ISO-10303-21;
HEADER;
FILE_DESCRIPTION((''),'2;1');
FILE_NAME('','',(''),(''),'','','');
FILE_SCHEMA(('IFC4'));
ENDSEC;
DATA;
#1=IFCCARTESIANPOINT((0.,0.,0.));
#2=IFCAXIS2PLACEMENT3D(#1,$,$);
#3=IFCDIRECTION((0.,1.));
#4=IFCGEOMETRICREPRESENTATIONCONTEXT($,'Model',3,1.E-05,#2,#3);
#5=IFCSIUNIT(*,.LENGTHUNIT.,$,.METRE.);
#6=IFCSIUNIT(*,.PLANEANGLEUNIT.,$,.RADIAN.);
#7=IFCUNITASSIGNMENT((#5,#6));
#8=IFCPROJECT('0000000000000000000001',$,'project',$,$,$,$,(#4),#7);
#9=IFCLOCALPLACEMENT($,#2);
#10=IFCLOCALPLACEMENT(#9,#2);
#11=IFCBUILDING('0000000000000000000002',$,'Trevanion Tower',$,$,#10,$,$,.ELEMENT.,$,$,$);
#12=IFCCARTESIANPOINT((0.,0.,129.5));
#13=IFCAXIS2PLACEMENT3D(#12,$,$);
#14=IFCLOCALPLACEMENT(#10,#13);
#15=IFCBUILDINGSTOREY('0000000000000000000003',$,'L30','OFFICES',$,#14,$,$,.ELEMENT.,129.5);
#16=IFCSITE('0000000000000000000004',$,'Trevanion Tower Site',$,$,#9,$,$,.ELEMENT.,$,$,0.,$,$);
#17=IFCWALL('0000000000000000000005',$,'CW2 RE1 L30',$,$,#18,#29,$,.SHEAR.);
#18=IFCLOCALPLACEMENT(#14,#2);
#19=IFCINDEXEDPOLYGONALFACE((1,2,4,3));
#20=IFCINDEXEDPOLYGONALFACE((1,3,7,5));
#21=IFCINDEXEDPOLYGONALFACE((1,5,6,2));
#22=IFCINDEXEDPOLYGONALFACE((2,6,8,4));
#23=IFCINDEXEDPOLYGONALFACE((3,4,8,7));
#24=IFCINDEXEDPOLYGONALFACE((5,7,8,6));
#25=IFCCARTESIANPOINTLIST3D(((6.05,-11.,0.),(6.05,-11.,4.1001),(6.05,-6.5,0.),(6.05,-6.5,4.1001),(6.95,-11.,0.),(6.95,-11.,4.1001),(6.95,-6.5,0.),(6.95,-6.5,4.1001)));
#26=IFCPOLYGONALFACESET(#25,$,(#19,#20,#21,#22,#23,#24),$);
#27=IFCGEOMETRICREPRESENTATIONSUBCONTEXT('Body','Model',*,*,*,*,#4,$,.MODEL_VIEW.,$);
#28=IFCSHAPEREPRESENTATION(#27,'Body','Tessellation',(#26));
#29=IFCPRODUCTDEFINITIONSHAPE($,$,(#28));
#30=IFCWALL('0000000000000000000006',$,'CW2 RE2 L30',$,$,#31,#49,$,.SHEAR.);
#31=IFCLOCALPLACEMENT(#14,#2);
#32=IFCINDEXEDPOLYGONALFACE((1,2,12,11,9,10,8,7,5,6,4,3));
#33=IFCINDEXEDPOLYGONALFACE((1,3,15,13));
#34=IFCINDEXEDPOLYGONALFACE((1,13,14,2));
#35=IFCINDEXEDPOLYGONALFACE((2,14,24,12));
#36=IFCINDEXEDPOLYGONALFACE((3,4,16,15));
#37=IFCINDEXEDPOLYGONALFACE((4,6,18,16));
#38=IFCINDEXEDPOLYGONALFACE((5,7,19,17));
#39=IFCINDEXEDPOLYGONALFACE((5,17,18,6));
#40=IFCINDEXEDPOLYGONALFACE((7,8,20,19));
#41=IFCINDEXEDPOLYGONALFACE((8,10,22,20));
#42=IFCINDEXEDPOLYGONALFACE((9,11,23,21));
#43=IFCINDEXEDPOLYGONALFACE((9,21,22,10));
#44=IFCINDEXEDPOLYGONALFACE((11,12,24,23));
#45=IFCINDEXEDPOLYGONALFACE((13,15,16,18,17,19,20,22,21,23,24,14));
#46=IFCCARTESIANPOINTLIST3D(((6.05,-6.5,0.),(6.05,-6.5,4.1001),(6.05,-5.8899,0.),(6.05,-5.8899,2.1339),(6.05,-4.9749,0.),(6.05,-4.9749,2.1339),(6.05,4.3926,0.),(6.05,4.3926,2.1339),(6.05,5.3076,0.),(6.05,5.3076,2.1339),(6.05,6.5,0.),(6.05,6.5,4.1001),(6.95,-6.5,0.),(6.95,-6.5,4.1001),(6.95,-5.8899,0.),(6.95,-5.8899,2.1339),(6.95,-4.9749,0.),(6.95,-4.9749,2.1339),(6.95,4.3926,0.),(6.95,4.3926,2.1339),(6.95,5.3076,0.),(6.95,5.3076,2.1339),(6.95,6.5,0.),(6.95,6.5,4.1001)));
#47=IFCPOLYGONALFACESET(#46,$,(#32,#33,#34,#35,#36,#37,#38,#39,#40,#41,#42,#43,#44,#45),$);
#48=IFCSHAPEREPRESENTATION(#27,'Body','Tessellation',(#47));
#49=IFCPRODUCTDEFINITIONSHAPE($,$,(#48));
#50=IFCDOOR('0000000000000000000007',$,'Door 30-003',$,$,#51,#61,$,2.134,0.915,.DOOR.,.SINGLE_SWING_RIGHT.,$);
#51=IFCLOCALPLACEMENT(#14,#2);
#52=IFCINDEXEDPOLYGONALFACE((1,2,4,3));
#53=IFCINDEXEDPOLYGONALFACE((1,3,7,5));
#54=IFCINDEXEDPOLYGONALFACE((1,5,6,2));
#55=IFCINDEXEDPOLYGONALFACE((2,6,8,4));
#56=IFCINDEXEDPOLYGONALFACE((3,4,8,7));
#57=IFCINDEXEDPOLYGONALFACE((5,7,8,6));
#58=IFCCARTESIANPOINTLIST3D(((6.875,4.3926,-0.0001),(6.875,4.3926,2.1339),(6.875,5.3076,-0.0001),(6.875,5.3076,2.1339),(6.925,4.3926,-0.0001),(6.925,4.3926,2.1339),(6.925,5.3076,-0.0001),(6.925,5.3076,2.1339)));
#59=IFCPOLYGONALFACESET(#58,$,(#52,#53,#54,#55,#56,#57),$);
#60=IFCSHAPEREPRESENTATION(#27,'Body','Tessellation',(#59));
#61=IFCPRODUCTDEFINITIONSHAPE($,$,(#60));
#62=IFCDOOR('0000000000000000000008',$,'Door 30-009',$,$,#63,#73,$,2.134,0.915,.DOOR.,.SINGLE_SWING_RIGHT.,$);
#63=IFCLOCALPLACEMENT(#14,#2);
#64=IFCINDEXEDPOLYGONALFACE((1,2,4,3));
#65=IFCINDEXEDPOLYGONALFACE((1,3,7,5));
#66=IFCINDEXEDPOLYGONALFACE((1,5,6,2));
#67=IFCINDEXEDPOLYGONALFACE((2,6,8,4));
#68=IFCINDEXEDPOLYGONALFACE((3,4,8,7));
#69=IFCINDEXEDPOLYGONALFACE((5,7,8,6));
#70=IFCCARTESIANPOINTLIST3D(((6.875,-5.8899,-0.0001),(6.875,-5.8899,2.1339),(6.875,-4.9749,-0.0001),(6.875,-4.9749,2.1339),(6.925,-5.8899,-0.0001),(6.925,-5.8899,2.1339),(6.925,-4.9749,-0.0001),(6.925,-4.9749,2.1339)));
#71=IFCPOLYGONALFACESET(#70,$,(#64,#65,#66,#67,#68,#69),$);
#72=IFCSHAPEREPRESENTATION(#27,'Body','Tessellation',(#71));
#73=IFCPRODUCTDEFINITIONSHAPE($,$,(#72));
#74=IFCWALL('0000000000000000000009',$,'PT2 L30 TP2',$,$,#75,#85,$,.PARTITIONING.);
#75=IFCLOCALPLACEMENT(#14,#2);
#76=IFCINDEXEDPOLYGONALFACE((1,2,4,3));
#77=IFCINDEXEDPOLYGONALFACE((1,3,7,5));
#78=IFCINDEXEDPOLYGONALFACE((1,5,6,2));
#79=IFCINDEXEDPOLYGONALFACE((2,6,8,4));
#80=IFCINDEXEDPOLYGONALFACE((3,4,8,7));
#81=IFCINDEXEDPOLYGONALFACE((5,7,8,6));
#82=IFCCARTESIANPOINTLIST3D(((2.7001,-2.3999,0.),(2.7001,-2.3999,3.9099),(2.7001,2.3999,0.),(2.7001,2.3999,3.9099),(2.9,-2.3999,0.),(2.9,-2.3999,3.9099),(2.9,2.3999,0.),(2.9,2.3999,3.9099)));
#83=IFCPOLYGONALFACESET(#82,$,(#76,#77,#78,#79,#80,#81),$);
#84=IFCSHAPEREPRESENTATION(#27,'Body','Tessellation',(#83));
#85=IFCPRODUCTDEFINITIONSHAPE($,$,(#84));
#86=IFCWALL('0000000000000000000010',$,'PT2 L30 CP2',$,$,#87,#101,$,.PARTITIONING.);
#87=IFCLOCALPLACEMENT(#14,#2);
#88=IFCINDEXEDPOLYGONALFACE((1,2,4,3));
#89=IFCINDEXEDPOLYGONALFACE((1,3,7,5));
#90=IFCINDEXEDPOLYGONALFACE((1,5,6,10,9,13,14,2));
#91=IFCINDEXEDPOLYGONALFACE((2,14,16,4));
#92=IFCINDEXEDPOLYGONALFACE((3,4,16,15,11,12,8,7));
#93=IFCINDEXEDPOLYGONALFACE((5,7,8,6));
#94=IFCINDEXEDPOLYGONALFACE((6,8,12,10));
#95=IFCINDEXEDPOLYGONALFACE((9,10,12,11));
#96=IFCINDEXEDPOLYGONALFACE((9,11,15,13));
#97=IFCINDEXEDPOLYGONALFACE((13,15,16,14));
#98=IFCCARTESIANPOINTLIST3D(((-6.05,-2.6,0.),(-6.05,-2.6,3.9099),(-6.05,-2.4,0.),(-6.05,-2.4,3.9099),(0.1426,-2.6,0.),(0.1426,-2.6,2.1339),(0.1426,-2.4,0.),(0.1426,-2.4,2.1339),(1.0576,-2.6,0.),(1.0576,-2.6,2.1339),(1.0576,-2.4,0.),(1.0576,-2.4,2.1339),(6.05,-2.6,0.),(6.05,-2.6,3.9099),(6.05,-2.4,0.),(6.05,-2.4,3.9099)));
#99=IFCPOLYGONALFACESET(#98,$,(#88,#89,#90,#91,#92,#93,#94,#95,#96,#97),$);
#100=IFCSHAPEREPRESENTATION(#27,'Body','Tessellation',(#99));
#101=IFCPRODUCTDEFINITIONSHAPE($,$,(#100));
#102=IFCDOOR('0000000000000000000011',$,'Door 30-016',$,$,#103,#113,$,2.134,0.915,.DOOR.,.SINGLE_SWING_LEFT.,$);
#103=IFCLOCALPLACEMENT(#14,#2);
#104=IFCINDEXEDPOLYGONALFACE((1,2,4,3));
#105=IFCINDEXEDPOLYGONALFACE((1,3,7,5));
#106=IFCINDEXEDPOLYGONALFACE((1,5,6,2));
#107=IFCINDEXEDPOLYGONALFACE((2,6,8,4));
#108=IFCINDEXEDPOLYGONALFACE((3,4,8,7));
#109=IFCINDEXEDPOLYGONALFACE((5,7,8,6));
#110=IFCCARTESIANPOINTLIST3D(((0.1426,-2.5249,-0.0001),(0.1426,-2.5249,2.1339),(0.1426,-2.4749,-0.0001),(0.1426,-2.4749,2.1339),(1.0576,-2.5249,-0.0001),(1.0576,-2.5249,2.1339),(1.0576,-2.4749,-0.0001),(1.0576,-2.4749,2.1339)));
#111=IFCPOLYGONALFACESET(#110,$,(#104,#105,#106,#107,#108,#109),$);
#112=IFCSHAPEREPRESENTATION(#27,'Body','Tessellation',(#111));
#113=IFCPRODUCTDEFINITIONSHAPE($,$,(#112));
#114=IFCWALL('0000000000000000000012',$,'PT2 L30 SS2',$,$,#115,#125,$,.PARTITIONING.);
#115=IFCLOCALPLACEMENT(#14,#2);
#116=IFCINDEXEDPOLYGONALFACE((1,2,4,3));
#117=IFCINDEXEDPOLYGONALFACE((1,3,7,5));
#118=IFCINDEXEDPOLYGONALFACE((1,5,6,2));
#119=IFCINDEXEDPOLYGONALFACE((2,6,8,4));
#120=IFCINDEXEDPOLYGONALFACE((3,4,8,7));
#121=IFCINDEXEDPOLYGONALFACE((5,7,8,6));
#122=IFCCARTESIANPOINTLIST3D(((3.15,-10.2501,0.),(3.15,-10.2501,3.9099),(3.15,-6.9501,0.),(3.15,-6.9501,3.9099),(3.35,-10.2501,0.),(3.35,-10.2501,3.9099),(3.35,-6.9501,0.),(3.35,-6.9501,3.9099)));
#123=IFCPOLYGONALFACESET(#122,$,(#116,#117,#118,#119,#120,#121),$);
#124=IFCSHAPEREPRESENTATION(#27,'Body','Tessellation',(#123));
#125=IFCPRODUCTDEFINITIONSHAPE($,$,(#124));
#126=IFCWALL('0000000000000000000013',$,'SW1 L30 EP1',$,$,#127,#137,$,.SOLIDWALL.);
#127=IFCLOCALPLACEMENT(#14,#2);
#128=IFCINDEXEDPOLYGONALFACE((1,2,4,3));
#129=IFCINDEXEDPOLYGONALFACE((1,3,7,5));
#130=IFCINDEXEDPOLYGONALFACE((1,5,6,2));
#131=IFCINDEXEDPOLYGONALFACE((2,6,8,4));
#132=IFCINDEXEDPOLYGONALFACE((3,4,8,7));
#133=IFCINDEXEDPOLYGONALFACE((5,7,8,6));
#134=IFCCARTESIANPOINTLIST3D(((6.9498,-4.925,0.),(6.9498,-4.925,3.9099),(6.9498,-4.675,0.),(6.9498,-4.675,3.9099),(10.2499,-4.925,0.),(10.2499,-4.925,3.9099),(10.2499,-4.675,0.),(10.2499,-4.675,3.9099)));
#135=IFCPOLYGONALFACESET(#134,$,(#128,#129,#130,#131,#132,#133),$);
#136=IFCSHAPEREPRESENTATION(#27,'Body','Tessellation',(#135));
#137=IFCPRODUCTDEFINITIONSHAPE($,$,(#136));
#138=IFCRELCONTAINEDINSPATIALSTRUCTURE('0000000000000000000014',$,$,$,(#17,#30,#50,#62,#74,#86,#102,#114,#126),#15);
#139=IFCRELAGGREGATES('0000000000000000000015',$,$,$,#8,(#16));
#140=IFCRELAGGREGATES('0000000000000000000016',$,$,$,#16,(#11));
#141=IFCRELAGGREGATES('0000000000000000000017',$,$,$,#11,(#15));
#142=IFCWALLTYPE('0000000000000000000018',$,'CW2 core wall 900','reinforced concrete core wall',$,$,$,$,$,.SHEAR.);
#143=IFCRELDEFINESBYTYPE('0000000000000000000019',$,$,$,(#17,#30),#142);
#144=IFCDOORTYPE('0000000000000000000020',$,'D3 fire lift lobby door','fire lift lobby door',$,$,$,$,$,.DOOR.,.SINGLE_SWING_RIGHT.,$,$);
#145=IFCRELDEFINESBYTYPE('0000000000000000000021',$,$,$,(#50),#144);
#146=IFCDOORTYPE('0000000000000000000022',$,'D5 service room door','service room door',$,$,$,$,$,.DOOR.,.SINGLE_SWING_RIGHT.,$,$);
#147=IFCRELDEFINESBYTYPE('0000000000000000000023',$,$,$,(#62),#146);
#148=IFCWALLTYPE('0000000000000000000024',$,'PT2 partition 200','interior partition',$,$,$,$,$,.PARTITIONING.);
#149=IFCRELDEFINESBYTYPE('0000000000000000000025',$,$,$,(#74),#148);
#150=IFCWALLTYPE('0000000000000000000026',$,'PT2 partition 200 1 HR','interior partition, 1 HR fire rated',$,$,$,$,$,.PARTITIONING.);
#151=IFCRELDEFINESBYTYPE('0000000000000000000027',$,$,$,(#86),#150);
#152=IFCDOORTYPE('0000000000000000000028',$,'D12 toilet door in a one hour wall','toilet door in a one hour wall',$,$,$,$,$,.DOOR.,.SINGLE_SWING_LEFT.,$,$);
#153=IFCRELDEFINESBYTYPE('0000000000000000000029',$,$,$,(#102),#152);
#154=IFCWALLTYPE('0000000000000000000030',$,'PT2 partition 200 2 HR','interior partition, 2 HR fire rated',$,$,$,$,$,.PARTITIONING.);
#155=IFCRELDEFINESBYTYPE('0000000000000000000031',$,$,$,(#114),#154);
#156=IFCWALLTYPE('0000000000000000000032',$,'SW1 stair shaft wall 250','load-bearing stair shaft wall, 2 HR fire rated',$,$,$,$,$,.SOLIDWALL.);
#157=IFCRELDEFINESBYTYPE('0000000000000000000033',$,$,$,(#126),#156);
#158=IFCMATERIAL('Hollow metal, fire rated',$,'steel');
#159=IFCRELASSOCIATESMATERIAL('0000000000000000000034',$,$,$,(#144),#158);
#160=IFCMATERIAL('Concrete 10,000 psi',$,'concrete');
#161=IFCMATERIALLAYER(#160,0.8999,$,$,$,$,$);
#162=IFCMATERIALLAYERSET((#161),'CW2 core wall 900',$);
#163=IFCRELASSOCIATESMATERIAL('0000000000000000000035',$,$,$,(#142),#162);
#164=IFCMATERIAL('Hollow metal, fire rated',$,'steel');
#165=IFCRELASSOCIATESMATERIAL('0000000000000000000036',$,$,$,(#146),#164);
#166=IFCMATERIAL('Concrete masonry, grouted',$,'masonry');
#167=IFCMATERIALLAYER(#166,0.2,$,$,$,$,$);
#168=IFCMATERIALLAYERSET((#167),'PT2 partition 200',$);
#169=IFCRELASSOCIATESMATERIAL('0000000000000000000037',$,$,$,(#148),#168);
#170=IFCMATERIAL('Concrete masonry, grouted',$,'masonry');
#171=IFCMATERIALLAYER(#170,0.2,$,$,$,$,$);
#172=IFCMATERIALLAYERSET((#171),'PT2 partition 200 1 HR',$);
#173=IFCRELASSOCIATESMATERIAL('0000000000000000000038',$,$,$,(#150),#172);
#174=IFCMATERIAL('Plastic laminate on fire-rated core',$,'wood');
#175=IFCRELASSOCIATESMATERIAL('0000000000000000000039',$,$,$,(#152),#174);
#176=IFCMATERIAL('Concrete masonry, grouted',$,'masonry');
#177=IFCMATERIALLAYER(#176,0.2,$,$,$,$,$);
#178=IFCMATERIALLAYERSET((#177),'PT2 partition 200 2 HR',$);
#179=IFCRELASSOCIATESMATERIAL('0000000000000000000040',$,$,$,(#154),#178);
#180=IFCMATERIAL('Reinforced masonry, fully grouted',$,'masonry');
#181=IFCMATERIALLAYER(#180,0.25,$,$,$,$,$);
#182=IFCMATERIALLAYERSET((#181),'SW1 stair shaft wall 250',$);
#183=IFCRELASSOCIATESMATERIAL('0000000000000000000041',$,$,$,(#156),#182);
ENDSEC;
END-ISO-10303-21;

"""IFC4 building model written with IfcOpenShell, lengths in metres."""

from ifc_helpers import new_model, si_unit, direction, frame, frame_2d, origin, place, context, subcontext, project, spatial, rectangle, extrude, material, layer, layer_set, type_object, element, fill, save


model = new_model("IFC4")

# Units and contexts
model_context = context("Model", 3, precision=1e-05, world=origin(), true_north=direction((0.0, 1.0)))
body_context = subcontext(model_context, "Body", "Model", "MODEL_VIEW")
ifc_project = project(units=[si_unit("LENGTHUNIT", "METRE"), si_unit("PLANEANGLEUNIT", "RADIAN")], contexts=[model_context])

# Site, building, storey
site_placement = place(None, origin())
site = spatial("IfcSite", under=ifc_project, at=site_placement, Name="Trevanion Tower Site", CompositionType="ELEMENT", RefElevation=0.0)
building_placement = place(site_placement, origin())
building = spatial("IfcBuilding", under=site, at=building_placement, Name="Trevanion Tower", CompositionType="ELEMENT")
storey_placement = place(building_placement, frame((0.0, 0.0, 129.5)))
storey = spatial("IfcBuildingStorey", under=building, at=storey_placement, Name="L30", Description="OFFICES", CompositionType="ELEMENT", Elevation=129.5)

# Shared definitions
ifc_material_1 = material(Name="Hollow metal, fire rated", Category="steel")
door_type_1 = type_object("IfcDoorType", Name="D3 fire lift lobby door", Description="fire lift lobby door", OperationType="SINGLE_SWING_RIGHT", PredefinedType="DOOR", material=ifc_material_1)

# Wall
ifc_material_2 = material(Name="Concrete 10,000 psi", Category="concrete")
ifc_layer_1 = layer(ifc_material_2, 0.8999)
ifc_layer_set_1 = layer_set([ifc_layer_1], Name="CW2 core wall 900")
wall_type_1 = type_object("IfcWallType", Name="CW2 core wall 900", Description="reinforced concrete core wall", PredefinedType="SHEAR", material=ifc_layer_set_1)
wall_1_placement = place(storey_placement, frame((6.5, -11.0, 0.0), z_axis=(0.0, 0.0, 1.0), x_axis=(0.0, 1.0, 0.0)))
element("IfcWall", 1, at=wall_1_placement, inside=storey, type_object=wall_type_1, Name="CW2 RE1 L30", PredefinedType="SHEAR", context=body_context, shape_type="SweptSolid", body=[
    extrude(rectangle(XDim=4.5, YDim=0.8999, at=frame_2d((2.25, 0.0))), origin(), (0.0, 0.0, 1.0), 4.1001),
])

# Wall, openings, doors
wall_2_placement = place(storey_placement, frame((6.5, -6.5, 0.0), z_axis=(0.0, 0.0, 1.0), x_axis=(0.0, 1.0, 0.0)))
wall_2 = element("IfcWall", 2, at=wall_2_placement, inside=storey, type_object=wall_type_1, Name="CW2 RE2 L30", PredefinedType="SHEAR", context=body_context, shape_type="SweptSolid", body=[
    extrude(rectangle(XDim=13.0, YDim=0.8999, at=frame_2d((6.5, 0.0))), origin(), (0.0, 0.0, 1.0), 4.1001),
])
opening_1_placement = place(wall_2_placement, frame((10.8926, 0.0, 0.0)))
opening_1 = element("IfcOpeningElement", 3, at=opening_1_placement, cuts=wall_2, PredefinedType="OPENING", context=body_context, shape_type="SweptSolid", body=[
    extrude(rectangle(XDim=0.915, YDim=2.134, at=frame_2d((0.4575, 1.0669))), frame((0.0, 0.46, 0.0), z_axis=(0.0, -1.0, 0.0), x_axis=(1.0, 0.0, 0.0)), (0.0, 0.0, 1.0), 0.9199),
])
opening_2_placement = place(wall_2_placement, frame((0.6101, 0.0, 0.0)))
opening_2 = element("IfcOpeningElement", 4, at=opening_2_placement, cuts=wall_2, PredefinedType="OPENING", context=body_context, shape_type="SweptSolid", body=[
    extrude(rectangle(XDim=0.915, YDim=2.134, at=frame_2d((0.4575, 1.0669))), frame((0.0, 0.46, 0.0), z_axis=(0.0, -1.0, 0.0), x_axis=(1.0, 0.0, 0.0)), (0.0, 0.0, 1.0), 0.9199),
])
door_1_placement = place(opening_1_placement, origin())
door_1 = element("IfcDoor", 5, at=door_1_placement, inside=storey, type_object=door_type_1, Name="Door 30-003", OperationType="SINGLE_SWING_RIGHT", OverallHeight=2.134, OverallWidth=0.915, PredefinedType="DOOR", context=body_context, shape_type="SweptSolid", body=[
    extrude(rectangle(XDim=0.915, YDim=2.134, at=frame_2d((0.4575, 1.0669))), frame((0.0, -0.375, 0.0), z_axis=(0.0, -1.0, 0.0), x_axis=(1.0, 0.0, 0.0)), (0.0, 0.0, 1.0), 0.05),
])
fill(opening_1, door_1)
ifc_material_3 = material(Name="Hollow metal, fire rated", Category="steel")
door_type_2 = type_object("IfcDoorType", Name="D5 service room door", Description="service room door", OperationType="SINGLE_SWING_RIGHT", PredefinedType="DOOR", material=ifc_material_3)
door_2_placement = place(opening_2_placement, origin())
door_2 = element("IfcDoor", 6, at=door_2_placement, inside=storey, type_object=door_type_2, Name="Door 30-009", OperationType="SINGLE_SWING_RIGHT", OverallHeight=2.134, OverallWidth=0.915, PredefinedType="DOOR", context=body_context, shape_type="SweptSolid", body=[
    extrude(rectangle(XDim=0.915, YDim=2.134, at=frame_2d((0.4575, 1.0669))), frame((0.0, -0.375, 0.0), z_axis=(0.0, -1.0, 0.0), x_axis=(1.0, 0.0, 0.0)), (0.0, 0.0, 1.0), 0.05),
])
fill(opening_2, door_2)

# Wall
ifc_material_4 = material(Name="Concrete masonry, grouted", Category="masonry")
ifc_layer_2 = layer(ifc_material_4, 0.2)
ifc_layer_set_2 = layer_set([ifc_layer_2], Name="PT2 partition 200")
wall_type_2 = type_object("IfcWallType", Name="PT2 partition 200", Description="interior partition", PredefinedType="PARTITIONING", material=ifc_layer_set_2)
wall_3_placement = place(storey_placement, frame((2.8, -2.3999, 0.0), z_axis=(0.0, 0.0, 1.0), x_axis=(0.0, 1.0, 0.0)))
element("IfcWall", 7, at=wall_3_placement, inside=storey, type_object=wall_type_2, Name="PT2 L30 TP2", PredefinedType="PARTITIONING", context=body_context, shape_type="SweptSolid", body=[
    extrude(rectangle(XDim=4.7998, YDim=0.2, at=frame_2d((2.3999, 0.0))), origin(), (0.0, 0.0, 1.0), 3.9099),
])

# Wall, opening, door
ifc_material_5 = material(Name="Concrete masonry, grouted", Category="masonry")
ifc_layer_3 = layer(ifc_material_5, 0.2)
ifc_layer_set_3 = layer_set([ifc_layer_3], Name="PT2 partition 200 1 HR")
wall_type_3 = type_object("IfcWallType", Name="PT2 partition 200 1 HR", Description="interior partition, 1 HR fire rated", PredefinedType="PARTITIONING", material=ifc_layer_set_3)
wall_4_placement = place(storey_placement, frame((6.05, -2.5, 0.0), z_axis=(0.0, 0.0, 1.0), x_axis=(-1.0, 0.0, 0.0)))
wall_4 = element("IfcWall", 8, at=wall_4_placement, inside=storey, type_object=wall_type_3, Name="PT2 L30 CP2", PredefinedType="PARTITIONING", context=body_context, shape_type="SweptSolid", body=[
    extrude(rectangle(XDim=12.1001, YDim=0.2, at=frame_2d((6.05, 0.0))), origin(), (0.0, 0.0, 1.0), 3.9099),
])
opening_3_placement = place(wall_4_placement, frame((4.9924, 0.0, 0.0)))
opening_3 = element("IfcOpeningElement", 9, at=opening_3_placement, cuts=wall_4, PredefinedType="OPENING", context=body_context, shape_type="SweptSolid", body=[
    extrude(rectangle(XDim=0.915, YDim=2.134, at=frame_2d((0.4575, 1.0669))), frame((0.0, 0.1099, 0.0), z_axis=(0.0, -1.0, 0.0), x_axis=(1.0, 0.0, 0.0)), (0.0, 0.0, 1.0), 0.22),
])
ifc_material_6 = material(Name="Plastic laminate on fire-rated core", Category="wood")
door_type_3 = type_object("IfcDoorType", Name="D12 toilet door in a one hour wall", Description="toilet door in a one hour wall", OperationType="SINGLE_SWING_LEFT", PredefinedType="DOOR", material=ifc_material_6)
door_3_placement = place(opening_3_placement, origin())
door_3 = element("IfcDoor", 10, at=door_3_placement, inside=storey, type_object=door_type_3, Name="Door 30-016", OperationType="SINGLE_SWING_LEFT", OverallHeight=2.134, OverallWidth=0.915, PredefinedType="DOOR", context=body_context, shape_type="SweptSolid", body=[
    extrude(rectangle(XDim=0.915, YDim=2.134, at=frame_2d((0.4575, 1.0669))), frame((0.0, 0.0249, 0.0), z_axis=(0.0, -1.0, 0.0), x_axis=(1.0, 0.0, 0.0)), (0.0, 0.0, 1.0), 0.05),
])
fill(opening_3, door_3)

# Walls
ifc_material_7 = material(Name="Concrete masonry, grouted", Category="masonry")
ifc_layer_4 = layer(ifc_material_7, 0.2)
ifc_layer_set_4 = layer_set([ifc_layer_4], Name="PT2 partition 200 2 HR")
wall_type_4 = type_object("IfcWallType", Name="PT2 partition 200 2 HR", Description="interior partition, 2 HR fire rated", PredefinedType="PARTITIONING", material=ifc_layer_set_4)
wall_5_placement = place(storey_placement, frame((3.25, -10.25, 0.0), z_axis=(0.0, 0.0, 1.0), x_axis=(0.0, 1.0, 0.0)))
element("IfcWall", 11, at=wall_5_placement, inside=storey, type_object=wall_type_4, Name="PT2 L30 SS2", PredefinedType="PARTITIONING", context=body_context, shape_type="SweptSolid", body=[
    extrude(rectangle(XDim=3.3, YDim=0.2, at=frame_2d((1.6499, 0.0))), origin(), (0.0, 0.0, 1.0), 3.9099),
])
ifc_material_8 = material(Name="Reinforced masonry, fully grouted", Category="masonry")
ifc_layer_5 = layer(ifc_material_8, 0.25)
ifc_layer_set_5 = layer_set([ifc_layer_5], Name="SW1 stair shaft wall 250")
wall_type_5 = type_object("IfcWallType", Name="SW1 stair shaft wall 250", Description="load-bearing stair shaft wall, 2 HR fire rated", PredefinedType="SOLIDWALL", material=ifc_layer_set_5)
wall_6_placement = place(storey_placement, frame((6.95, -4.8, 0.0), z_axis=(0.0, 0.0, 1.0), x_axis=(1.0, 0.0, 0.0)))
element("IfcWall", 12, at=wall_6_placement, inside=storey, type_object=wall_type_5, Name="SW1 L30 EP1", PredefinedType="SOLIDWALL", context=body_context, shape_type="SweptSolid", body=[
    extrude(rectangle(XDim=3.3, YDim=0.25, at=frame_2d((1.6499, 0.0))), origin(), (0.0, 0.0, 1.0), 3.9099),
])

save(model, "model.ifc")
